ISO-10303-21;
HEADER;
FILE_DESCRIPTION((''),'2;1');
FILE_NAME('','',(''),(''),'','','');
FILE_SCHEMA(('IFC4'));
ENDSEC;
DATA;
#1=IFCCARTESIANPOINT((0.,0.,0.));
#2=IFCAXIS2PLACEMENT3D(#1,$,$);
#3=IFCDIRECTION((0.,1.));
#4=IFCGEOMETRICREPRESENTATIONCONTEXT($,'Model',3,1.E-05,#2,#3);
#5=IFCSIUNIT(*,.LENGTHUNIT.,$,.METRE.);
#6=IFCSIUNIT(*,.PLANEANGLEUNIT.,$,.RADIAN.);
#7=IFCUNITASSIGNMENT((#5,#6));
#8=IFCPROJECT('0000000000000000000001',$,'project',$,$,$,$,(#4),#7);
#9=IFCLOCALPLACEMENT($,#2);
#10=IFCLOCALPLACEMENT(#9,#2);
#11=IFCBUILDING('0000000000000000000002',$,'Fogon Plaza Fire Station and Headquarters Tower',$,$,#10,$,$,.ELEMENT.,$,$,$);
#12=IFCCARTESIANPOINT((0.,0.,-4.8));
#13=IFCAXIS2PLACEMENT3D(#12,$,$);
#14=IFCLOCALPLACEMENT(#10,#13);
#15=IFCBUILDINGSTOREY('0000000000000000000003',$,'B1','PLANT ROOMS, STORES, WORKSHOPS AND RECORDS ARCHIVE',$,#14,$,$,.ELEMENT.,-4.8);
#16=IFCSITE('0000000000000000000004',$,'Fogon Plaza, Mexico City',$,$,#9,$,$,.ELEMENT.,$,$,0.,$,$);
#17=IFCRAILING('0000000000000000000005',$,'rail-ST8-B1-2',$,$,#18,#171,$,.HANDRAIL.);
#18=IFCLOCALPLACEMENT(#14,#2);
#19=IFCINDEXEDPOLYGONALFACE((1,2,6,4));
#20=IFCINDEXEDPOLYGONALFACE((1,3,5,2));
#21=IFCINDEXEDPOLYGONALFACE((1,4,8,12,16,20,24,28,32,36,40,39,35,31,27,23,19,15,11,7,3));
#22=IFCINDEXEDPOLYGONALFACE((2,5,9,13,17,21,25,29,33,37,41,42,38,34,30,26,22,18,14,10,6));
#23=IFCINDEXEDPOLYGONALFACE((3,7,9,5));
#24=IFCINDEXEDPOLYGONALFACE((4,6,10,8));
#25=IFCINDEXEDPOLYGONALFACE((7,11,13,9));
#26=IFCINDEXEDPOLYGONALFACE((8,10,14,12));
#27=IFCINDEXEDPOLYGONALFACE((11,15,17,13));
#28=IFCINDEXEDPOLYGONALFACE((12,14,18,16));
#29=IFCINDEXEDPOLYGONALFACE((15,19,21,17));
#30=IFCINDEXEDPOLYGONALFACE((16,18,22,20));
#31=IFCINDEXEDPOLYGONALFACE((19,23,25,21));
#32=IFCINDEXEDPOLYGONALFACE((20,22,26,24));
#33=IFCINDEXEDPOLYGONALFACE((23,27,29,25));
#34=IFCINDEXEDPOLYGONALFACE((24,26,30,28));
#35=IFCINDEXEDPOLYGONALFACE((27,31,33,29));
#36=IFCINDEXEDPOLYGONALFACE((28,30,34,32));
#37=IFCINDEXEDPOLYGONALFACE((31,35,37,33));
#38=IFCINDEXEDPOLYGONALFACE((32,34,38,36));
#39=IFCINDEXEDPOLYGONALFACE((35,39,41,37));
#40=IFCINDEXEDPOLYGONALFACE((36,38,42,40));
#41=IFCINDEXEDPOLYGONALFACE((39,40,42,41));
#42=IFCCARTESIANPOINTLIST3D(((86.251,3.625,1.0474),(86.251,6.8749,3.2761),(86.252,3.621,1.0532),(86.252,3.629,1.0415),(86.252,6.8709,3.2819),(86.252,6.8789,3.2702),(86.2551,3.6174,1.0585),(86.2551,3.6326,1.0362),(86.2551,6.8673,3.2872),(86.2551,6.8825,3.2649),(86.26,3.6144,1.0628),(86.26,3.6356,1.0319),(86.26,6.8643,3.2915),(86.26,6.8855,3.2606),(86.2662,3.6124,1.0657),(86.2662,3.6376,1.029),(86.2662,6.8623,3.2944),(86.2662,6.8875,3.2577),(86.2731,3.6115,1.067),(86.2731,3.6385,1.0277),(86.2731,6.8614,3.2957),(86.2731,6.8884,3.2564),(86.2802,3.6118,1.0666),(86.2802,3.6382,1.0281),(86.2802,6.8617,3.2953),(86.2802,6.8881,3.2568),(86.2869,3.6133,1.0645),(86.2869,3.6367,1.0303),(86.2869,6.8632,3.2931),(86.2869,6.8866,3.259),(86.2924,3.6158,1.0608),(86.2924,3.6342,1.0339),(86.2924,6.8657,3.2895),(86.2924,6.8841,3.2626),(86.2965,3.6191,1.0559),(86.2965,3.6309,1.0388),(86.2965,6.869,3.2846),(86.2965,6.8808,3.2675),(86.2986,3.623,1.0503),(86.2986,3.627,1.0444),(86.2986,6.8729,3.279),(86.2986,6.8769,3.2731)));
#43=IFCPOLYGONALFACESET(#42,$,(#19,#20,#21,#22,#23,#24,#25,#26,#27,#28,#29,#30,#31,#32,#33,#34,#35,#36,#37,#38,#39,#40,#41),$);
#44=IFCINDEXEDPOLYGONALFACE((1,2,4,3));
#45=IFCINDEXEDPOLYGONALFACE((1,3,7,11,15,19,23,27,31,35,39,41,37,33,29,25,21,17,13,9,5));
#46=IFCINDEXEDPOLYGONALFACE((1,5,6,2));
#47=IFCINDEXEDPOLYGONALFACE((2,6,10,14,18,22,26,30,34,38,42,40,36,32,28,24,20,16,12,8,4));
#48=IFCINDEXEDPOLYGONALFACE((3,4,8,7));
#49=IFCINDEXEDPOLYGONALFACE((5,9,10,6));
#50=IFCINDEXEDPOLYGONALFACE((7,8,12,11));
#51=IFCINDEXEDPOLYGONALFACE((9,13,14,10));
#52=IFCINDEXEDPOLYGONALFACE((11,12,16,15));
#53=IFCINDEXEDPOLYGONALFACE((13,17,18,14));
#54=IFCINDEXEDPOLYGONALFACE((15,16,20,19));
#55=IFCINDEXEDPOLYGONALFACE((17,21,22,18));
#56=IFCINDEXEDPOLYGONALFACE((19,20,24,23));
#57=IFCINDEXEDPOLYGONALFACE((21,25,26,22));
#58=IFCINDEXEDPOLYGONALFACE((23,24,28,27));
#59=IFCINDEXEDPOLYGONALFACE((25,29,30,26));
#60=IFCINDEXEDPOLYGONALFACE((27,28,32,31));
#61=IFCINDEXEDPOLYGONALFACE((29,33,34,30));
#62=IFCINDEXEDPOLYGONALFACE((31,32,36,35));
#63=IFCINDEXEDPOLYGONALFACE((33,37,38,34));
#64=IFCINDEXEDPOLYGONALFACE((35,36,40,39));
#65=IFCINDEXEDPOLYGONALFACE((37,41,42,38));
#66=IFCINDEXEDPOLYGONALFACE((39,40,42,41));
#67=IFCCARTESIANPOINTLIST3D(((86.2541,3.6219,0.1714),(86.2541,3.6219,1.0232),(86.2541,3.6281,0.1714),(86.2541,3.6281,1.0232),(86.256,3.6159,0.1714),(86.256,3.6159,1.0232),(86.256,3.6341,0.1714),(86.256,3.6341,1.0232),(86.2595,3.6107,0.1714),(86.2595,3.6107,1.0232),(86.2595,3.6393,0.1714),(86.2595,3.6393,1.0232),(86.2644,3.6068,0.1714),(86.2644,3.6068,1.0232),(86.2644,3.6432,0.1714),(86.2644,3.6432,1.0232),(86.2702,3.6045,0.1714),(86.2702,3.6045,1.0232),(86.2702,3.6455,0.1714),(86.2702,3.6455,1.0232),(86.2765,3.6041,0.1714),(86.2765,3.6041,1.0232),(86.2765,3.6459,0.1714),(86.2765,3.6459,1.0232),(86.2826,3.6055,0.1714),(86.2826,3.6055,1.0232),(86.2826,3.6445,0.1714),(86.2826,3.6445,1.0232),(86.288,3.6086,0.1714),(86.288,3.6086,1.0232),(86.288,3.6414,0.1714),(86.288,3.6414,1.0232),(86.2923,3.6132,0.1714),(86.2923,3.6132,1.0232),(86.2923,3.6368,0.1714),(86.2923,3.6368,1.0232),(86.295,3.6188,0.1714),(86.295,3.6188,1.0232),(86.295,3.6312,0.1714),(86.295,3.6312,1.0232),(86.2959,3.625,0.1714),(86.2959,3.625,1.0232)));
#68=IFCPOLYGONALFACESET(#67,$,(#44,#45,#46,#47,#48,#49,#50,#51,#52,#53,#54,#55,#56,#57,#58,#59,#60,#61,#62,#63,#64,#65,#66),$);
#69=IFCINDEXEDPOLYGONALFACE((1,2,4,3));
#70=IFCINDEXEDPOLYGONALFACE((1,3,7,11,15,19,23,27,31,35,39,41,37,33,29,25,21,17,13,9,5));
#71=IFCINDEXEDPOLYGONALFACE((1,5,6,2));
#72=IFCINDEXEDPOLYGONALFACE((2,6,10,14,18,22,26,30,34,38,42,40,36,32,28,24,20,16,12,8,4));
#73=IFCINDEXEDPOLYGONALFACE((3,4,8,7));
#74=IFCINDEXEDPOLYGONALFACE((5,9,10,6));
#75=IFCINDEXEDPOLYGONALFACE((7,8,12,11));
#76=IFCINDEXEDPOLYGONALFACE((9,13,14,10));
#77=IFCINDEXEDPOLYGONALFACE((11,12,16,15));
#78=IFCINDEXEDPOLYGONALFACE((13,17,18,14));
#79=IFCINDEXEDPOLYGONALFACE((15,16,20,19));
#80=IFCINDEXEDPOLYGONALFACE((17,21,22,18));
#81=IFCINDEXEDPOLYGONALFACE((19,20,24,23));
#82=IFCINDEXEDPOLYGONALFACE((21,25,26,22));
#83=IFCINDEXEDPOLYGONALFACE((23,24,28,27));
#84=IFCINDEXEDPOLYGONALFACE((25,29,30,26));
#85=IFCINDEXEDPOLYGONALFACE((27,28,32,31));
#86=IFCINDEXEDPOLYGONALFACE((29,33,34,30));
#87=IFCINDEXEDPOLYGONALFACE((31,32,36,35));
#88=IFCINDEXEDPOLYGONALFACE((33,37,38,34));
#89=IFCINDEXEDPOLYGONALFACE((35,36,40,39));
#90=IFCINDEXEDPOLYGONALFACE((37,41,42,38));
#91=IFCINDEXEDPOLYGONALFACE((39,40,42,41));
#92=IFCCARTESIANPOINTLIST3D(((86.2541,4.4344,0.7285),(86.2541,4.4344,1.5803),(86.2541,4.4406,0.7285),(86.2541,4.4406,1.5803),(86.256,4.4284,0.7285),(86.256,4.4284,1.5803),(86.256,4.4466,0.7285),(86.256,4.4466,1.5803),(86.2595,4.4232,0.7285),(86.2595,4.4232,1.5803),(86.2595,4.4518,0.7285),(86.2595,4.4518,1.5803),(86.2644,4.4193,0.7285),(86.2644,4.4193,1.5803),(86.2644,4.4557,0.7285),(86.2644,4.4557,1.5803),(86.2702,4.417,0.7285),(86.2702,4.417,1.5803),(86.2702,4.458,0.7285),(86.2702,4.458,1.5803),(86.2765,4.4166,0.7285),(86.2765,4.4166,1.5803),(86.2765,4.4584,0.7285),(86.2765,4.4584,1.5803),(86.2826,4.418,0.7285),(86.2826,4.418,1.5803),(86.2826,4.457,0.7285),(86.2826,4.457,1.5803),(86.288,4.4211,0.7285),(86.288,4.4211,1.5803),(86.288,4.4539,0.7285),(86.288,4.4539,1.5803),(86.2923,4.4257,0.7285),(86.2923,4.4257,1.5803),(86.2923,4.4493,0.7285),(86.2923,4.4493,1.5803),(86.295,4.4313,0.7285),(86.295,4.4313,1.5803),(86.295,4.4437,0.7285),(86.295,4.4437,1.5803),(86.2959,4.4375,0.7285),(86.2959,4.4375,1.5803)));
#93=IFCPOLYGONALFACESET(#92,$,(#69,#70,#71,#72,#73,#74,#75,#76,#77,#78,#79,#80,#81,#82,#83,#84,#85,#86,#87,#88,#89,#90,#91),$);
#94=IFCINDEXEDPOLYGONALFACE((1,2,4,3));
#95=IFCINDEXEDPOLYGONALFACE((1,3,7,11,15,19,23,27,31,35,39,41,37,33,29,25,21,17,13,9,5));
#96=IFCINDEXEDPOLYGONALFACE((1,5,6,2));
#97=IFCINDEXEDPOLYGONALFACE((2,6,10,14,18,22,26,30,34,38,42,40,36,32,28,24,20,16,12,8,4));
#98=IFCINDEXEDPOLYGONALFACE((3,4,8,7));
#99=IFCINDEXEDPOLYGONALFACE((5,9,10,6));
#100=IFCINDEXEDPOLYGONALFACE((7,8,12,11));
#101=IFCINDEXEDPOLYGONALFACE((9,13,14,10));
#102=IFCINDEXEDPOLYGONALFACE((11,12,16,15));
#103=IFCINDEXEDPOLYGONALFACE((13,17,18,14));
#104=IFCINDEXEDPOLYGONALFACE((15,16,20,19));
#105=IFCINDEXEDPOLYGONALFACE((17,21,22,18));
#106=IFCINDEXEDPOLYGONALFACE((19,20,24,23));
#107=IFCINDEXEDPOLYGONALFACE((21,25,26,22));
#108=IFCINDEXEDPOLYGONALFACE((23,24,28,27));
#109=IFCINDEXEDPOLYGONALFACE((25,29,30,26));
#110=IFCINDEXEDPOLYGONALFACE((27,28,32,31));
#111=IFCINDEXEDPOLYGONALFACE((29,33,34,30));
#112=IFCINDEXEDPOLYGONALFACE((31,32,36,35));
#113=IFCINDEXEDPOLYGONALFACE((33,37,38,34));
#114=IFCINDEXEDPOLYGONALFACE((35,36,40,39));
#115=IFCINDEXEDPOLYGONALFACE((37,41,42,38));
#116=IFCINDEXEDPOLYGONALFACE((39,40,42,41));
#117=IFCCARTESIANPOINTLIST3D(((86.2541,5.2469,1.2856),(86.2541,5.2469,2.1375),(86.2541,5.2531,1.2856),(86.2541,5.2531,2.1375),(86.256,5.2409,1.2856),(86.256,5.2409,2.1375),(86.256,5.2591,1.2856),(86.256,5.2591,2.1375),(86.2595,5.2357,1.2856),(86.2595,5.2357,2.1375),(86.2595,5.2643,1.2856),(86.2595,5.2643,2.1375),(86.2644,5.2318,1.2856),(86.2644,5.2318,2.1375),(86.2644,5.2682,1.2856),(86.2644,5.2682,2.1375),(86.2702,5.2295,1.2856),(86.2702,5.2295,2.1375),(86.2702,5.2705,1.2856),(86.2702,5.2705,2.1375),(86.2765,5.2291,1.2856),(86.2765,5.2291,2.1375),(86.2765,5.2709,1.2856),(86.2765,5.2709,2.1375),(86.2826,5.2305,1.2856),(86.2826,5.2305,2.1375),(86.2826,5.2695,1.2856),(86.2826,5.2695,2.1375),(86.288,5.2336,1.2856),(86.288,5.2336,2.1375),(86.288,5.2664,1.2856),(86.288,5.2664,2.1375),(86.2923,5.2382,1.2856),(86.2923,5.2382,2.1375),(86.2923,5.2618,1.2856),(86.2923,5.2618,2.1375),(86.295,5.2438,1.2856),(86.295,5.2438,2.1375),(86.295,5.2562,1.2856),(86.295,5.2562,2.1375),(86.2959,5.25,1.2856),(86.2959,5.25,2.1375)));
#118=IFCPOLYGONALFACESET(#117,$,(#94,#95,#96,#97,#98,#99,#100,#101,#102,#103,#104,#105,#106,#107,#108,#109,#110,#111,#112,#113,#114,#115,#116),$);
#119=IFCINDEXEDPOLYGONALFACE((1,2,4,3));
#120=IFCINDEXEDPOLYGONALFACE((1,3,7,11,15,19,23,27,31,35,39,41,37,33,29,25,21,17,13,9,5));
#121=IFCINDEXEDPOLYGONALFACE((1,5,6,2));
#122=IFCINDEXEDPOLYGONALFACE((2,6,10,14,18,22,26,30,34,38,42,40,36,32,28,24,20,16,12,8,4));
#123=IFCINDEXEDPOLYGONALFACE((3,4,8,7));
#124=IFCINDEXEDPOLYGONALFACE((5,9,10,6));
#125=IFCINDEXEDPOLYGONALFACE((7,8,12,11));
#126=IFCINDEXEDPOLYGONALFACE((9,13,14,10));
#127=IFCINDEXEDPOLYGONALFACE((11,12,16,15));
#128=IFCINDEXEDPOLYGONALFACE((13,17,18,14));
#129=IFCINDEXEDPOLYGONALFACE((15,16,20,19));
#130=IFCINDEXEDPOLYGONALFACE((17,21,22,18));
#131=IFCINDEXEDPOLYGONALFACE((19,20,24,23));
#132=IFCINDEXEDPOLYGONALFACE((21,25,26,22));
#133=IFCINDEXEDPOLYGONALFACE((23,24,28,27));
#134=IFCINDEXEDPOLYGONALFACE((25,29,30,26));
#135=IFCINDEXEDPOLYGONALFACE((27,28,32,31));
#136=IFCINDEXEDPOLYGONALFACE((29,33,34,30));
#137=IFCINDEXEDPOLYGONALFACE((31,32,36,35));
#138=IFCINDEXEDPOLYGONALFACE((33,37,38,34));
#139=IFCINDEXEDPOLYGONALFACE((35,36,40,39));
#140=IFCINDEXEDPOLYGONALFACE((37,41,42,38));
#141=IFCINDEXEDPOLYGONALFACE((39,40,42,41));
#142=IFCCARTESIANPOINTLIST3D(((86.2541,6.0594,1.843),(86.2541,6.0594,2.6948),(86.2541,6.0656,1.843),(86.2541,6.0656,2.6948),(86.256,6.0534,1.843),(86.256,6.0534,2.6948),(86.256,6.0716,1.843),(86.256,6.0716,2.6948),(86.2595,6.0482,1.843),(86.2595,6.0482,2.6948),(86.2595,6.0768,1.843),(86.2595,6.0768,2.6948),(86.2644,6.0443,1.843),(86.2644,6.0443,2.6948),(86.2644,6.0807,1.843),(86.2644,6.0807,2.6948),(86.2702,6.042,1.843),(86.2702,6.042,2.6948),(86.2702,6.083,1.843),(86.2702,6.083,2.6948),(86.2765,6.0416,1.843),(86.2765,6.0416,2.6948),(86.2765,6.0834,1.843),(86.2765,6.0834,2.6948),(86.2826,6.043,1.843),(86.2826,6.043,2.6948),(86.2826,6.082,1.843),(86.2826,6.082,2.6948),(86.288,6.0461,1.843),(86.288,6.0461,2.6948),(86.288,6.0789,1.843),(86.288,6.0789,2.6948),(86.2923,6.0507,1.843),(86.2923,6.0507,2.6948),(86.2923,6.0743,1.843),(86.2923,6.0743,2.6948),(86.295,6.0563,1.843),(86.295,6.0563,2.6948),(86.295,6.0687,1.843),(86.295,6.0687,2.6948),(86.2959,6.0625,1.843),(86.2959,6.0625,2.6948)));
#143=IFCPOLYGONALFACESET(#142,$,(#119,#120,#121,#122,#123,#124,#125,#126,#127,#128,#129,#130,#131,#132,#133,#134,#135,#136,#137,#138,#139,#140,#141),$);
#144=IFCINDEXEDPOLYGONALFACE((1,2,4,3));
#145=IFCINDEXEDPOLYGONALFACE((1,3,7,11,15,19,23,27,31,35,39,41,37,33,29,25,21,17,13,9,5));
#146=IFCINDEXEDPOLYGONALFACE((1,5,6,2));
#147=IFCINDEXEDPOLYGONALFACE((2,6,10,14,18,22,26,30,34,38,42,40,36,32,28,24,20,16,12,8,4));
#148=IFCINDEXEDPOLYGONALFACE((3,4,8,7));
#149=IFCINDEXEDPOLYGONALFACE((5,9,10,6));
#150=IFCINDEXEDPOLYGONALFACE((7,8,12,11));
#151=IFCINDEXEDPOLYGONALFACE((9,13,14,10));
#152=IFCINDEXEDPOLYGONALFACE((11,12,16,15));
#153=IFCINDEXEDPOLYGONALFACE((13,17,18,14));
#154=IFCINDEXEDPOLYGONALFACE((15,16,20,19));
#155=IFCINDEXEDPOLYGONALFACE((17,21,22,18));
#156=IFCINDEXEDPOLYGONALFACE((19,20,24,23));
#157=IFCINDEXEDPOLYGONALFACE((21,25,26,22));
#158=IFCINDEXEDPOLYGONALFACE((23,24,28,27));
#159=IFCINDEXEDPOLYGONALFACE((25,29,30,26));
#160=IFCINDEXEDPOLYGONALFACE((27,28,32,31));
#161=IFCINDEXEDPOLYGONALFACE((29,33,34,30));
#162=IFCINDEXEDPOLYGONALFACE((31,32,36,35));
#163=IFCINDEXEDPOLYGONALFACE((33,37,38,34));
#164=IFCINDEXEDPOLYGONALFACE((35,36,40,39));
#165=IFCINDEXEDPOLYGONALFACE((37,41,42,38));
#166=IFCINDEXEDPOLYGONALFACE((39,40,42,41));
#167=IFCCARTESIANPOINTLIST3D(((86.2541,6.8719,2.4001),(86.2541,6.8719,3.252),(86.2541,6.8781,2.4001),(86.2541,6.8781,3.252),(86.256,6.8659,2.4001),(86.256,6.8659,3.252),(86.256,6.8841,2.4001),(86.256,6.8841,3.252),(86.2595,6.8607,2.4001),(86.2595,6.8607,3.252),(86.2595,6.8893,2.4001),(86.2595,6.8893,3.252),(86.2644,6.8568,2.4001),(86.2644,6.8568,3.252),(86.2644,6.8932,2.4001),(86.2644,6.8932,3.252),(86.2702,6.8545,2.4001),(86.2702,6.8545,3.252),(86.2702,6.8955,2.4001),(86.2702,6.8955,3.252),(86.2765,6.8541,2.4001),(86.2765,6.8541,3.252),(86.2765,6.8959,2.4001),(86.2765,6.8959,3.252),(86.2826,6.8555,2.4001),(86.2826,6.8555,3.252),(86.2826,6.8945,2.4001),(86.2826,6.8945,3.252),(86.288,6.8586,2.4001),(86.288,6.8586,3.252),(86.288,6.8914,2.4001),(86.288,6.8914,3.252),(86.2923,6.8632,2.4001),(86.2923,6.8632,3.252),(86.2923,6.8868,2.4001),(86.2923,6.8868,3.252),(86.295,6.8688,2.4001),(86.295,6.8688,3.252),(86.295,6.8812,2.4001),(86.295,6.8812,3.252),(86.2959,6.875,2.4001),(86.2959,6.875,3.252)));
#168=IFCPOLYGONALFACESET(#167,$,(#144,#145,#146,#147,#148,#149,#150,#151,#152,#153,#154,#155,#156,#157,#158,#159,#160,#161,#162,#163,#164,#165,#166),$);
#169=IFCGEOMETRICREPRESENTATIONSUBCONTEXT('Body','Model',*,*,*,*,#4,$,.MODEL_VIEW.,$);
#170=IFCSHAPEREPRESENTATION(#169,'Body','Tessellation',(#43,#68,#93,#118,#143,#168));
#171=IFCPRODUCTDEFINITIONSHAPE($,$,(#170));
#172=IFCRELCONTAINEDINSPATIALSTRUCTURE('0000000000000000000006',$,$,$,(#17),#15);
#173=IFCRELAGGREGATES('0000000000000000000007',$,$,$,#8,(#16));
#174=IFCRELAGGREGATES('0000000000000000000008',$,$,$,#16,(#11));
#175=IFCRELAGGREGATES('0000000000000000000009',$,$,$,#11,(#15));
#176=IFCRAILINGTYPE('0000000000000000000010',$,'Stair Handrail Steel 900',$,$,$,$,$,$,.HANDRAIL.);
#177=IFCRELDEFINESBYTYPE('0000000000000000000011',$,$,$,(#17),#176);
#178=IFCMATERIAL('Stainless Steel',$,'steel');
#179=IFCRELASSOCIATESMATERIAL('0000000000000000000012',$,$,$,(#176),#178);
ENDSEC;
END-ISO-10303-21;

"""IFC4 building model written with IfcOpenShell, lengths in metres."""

from ifc_helpers import new_model, si_unit, direction, frame, origin, origin_2d, place, context, subcontext, project, spatial, circle, extrude, material, type_object, element, save


model = new_model("IFC4")

# Units and contexts
model_context = context("Model", 3, precision=1e-05, world=origin(), true_north=direction((0.0, 1.0)))
body_context = subcontext(model_context, "Body", "Model", "MODEL_VIEW")
ifc_project = project(units=[si_unit("LENGTHUNIT", "METRE"), si_unit("PLANEANGLEUNIT", "RADIAN")], contexts=[model_context])

# Site, building, storey
site_placement = place(None, origin())
site = spatial("IfcSite", under=ifc_project, at=site_placement, Name="Fogon Plaza, Mexico City", CompositionType="ELEMENT", RefElevation=0.0)
building_placement = place(site_placement, origin())
building = spatial("IfcBuilding", under=site, at=building_placement, Name="Fogon Plaza Fire Station and Headquarters Tower", CompositionType="ELEMENT")
storey_placement = place(building_placement, frame((0.0, 0.0, -4.8)))
storey = spatial("IfcBuildingStorey", under=building, at=storey_placement, Name="B1", Description="PLANT ROOMS, STORES, WORKSHOPS AND RECORDS ARCHIVE", CompositionType="ELEMENT", Elevation=-4.8)

# Railing
ifc_material_1 = material(Name="Stainless Steel", Category="steel")
railing_type = type_object("IfcRailingType", Name="Stair Handrail Steel 900", PredefinedType="HANDRAIL", material=ifc_material_1)
for number, where, name in (
    (1, (86.2749, 3.625, 0.1714), "rail-ST8-B1-2"),
):
    element("IfcRailing", number, at=place(storey_placement, frame(where)), inside=storey, type_object=railing_type, Name=name, PredefinedType="HANDRAIL", context=body_context, shape_type="SweptSolid", body=[
        extrude(circle(Radius=0.0239, at=origin_2d()), frame((0.0, 0.0, 0.876), z_axis=(0.0, 0.824707, 0.565561), x_axis=(-1.0, 0.0, 0.0)), (0.0, 0.0, 1.0), 3.9407),
        extrude(circle(Radius=0.021, at=origin_2d()), origin(), (0.0, 0.0, 1.0), 0.8518),
        extrude(circle(Radius=0.021, at=origin_2d()), frame((0.0, 0.8125, 0.5571)), (0.0, 0.0, 1.0), 0.8518),
        extrude(circle(Radius=0.021, at=origin_2d()), frame((0.0, 1.625, 1.1143)), (0.0, 0.0, 1.0), 0.8518),
        extrude(circle(Radius=0.021, at=origin_2d()), frame((0.0, 2.4375, 1.6716)), (0.0, 0.0, 1.0), 0.8518),
        extrude(circle(Radius=0.021, at=origin_2d()), frame((0.0, 3.25, 2.2288)), (0.0, 0.0, 1.0), 0.8518),
    ])

save(model, "model.ifc")
